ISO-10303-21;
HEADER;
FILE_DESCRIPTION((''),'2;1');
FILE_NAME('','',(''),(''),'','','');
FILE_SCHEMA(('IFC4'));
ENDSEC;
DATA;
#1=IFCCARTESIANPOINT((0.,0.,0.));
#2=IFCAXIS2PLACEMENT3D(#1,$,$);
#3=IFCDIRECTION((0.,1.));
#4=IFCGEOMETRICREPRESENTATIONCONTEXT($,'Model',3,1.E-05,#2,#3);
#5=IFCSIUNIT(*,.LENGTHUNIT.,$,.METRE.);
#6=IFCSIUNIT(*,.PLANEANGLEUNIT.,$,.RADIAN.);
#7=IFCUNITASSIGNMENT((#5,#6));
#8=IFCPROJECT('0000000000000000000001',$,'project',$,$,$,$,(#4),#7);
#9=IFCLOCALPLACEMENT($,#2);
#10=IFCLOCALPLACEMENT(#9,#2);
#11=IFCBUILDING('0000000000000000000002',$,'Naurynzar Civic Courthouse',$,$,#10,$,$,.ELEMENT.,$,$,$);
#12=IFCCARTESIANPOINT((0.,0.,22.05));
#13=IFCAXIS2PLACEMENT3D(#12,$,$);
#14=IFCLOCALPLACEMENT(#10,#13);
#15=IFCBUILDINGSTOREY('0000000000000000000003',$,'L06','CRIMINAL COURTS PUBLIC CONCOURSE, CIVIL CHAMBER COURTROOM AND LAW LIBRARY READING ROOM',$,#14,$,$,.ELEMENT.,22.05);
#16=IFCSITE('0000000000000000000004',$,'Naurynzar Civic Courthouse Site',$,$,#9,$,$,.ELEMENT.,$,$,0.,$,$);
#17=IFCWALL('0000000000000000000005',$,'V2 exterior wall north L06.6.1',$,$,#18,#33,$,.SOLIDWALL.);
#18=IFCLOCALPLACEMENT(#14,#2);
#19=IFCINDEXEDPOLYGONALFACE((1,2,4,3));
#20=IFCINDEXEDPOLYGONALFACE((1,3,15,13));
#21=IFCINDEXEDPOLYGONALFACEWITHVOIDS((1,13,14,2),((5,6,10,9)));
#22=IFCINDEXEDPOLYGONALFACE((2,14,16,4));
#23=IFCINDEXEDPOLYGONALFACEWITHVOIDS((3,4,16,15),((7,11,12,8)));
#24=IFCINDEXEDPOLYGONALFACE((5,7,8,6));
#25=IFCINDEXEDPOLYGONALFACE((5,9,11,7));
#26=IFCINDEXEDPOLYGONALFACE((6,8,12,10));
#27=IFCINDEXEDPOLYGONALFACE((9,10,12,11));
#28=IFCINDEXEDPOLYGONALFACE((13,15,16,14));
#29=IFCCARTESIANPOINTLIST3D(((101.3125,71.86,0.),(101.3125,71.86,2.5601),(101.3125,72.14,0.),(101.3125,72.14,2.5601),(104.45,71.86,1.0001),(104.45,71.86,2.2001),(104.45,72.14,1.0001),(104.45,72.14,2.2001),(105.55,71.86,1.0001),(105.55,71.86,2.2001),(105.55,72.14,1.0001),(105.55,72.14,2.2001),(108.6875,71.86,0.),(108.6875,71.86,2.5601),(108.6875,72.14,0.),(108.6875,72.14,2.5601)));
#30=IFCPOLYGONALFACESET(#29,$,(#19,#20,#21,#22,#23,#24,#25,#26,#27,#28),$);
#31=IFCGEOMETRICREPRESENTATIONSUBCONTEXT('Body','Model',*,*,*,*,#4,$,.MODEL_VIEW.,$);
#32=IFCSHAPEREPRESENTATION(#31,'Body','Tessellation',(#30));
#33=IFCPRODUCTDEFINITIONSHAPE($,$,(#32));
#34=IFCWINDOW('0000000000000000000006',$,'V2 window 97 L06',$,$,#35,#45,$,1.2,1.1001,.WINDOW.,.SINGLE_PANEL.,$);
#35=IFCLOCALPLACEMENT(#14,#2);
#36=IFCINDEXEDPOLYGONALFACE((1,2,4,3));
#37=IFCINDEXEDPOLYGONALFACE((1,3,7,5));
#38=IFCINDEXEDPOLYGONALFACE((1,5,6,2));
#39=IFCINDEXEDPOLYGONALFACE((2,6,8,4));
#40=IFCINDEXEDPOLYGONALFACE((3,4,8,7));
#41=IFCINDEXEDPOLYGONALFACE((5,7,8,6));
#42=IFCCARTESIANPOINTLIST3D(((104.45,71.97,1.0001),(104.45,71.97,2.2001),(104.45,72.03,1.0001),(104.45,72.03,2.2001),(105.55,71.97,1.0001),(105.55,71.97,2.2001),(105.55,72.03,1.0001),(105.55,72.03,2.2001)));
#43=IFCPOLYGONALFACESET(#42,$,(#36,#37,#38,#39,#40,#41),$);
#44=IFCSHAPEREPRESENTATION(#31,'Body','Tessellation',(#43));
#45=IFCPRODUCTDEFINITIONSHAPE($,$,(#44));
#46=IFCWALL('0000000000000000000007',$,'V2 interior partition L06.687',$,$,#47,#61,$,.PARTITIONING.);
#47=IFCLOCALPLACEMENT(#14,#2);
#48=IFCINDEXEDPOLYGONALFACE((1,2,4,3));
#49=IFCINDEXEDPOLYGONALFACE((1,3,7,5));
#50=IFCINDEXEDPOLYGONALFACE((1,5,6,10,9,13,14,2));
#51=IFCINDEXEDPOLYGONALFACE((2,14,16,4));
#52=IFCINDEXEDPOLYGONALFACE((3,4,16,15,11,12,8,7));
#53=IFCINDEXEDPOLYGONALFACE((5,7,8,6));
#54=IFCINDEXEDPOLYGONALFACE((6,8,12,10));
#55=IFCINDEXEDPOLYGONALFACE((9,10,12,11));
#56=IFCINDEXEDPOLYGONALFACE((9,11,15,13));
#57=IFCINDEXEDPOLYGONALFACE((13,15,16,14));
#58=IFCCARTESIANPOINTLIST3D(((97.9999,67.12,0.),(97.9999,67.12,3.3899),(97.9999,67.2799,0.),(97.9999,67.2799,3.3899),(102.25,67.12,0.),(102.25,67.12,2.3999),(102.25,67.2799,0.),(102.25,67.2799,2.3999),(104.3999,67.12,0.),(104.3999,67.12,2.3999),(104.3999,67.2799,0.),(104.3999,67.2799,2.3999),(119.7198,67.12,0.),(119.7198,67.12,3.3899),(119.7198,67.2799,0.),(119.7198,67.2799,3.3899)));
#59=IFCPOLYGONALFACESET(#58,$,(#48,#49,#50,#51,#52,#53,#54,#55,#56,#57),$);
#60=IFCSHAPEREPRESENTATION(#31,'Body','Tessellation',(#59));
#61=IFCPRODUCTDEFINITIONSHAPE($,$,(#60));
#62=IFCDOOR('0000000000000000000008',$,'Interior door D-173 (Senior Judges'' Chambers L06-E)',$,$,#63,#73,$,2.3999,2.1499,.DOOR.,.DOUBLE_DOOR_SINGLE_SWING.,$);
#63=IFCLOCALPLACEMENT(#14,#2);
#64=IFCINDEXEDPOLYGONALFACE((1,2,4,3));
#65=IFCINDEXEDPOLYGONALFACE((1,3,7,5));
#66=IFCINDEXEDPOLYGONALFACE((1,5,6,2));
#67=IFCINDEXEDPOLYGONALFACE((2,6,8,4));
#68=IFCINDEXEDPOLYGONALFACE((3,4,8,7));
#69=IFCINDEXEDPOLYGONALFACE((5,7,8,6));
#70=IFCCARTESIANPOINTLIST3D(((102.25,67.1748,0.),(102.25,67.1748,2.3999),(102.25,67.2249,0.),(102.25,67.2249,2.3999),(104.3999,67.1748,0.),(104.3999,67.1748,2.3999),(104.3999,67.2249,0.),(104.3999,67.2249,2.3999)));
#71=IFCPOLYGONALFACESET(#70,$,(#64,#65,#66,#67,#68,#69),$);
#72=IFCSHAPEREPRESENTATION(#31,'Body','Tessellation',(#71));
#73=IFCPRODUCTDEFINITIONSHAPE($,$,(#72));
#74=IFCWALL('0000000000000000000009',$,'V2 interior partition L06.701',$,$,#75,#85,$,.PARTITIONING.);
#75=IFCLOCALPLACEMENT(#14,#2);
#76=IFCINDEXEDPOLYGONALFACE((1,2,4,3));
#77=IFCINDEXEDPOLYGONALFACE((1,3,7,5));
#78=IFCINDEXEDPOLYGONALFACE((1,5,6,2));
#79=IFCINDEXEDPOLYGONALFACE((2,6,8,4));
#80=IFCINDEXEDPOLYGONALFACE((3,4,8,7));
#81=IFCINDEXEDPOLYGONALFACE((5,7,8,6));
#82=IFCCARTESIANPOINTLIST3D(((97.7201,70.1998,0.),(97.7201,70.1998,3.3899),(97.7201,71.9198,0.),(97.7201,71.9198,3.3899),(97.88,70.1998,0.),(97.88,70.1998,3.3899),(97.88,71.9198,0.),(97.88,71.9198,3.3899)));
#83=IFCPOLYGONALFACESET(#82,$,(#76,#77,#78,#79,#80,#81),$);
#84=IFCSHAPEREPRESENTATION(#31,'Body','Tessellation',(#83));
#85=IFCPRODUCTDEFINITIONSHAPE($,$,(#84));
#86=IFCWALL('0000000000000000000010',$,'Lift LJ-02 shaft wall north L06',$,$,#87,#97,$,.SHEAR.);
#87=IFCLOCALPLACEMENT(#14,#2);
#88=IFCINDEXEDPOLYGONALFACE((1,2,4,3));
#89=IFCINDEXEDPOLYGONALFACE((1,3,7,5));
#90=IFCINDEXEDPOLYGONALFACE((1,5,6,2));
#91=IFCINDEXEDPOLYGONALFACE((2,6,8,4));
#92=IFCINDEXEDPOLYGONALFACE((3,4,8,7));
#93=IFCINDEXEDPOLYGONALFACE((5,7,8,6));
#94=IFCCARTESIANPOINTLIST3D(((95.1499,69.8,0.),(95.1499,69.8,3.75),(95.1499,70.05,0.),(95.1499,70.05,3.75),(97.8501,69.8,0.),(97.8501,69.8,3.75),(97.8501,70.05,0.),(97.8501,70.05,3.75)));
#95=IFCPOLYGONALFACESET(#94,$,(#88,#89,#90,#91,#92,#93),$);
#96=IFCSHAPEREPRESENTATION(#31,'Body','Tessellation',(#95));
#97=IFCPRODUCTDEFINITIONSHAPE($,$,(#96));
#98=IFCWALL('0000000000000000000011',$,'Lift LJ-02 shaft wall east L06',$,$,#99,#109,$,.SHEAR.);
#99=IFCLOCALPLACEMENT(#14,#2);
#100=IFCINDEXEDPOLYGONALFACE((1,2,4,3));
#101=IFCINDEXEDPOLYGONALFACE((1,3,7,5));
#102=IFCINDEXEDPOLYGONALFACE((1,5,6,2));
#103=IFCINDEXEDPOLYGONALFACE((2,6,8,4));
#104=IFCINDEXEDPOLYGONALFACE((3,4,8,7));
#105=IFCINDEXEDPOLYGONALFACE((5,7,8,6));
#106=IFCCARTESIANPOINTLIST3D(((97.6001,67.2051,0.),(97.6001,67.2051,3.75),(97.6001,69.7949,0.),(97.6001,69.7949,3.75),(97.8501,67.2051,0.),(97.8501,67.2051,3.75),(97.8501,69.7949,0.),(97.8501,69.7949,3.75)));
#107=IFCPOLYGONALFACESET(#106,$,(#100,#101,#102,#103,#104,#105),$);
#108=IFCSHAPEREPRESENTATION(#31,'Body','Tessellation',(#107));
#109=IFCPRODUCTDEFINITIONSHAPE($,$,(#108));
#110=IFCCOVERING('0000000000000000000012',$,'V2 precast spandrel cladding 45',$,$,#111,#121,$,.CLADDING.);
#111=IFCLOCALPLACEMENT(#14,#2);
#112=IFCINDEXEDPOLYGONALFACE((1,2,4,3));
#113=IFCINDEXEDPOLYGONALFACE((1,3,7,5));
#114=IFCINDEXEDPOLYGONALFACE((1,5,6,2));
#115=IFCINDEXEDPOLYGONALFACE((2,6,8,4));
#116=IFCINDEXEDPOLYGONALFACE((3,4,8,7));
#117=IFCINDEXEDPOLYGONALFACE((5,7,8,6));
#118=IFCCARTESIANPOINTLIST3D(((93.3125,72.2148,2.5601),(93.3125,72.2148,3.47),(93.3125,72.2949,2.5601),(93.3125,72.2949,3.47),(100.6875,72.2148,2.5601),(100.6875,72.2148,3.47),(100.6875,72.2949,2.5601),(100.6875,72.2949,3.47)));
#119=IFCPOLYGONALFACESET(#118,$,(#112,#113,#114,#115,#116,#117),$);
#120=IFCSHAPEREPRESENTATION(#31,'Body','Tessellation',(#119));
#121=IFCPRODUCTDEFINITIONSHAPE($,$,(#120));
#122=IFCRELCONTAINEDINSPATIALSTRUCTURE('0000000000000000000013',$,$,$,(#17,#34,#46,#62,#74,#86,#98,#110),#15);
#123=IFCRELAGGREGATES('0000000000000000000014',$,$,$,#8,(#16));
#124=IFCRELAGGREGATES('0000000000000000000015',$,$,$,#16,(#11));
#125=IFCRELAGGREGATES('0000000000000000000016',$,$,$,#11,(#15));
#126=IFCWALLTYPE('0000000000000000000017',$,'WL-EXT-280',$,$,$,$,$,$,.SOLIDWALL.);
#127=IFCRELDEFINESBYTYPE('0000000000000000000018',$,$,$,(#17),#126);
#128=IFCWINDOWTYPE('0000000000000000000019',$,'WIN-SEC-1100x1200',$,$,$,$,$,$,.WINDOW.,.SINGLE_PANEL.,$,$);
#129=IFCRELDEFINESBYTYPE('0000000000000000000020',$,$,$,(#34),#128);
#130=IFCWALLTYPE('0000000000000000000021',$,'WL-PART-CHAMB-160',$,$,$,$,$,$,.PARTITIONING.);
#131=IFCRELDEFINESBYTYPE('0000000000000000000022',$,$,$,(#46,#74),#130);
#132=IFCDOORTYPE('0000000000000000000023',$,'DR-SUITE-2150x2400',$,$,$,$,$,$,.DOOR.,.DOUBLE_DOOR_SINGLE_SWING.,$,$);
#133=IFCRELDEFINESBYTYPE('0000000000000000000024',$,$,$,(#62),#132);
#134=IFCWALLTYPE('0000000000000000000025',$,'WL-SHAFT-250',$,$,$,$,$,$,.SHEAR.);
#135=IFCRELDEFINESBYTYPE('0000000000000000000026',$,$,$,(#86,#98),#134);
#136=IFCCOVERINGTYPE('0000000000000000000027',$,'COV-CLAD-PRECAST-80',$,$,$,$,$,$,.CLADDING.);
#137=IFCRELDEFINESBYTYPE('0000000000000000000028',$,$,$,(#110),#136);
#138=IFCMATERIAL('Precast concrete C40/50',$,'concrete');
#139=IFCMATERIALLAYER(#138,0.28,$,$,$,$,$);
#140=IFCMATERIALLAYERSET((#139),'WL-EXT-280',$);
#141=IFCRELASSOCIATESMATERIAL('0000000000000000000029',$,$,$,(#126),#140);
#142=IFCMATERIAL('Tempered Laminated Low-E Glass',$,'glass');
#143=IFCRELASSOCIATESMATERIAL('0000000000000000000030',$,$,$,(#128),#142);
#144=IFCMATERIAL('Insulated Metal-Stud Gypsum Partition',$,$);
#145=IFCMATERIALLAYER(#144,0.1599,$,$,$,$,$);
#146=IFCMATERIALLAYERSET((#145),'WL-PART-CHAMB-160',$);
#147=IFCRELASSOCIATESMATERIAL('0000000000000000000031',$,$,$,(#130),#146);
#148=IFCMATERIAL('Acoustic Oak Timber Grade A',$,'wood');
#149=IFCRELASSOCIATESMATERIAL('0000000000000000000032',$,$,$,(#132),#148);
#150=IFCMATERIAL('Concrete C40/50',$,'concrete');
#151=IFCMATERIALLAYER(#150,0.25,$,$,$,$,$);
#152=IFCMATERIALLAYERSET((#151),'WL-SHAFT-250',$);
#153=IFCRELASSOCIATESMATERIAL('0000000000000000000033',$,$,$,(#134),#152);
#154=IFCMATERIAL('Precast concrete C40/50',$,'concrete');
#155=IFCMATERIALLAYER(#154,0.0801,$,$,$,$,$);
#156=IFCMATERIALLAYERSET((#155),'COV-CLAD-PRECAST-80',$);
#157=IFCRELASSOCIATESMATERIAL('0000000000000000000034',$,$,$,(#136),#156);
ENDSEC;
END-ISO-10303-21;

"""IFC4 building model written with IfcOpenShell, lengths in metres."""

from ifc_helpers import new_model, si_unit, direction, frame, frame_2d, origin, origin_2d, place, context, subcontext, project, spatial, rectangle, extrude, material, layer, layer_set, type_object, element, fill, save


model = new_model("IFC4")

# Units and contexts
model_context = context("Model", 3, precision=1e-05, world=origin(), true_north=direction((0.0, 1.0)))
body_context = subcontext(model_context, "Body", "Model", "MODEL_VIEW")
ifc_project = project(units=[si_unit("LENGTHUNIT", "METRE"), si_unit("PLANEANGLEUNIT", "RADIAN")], contexts=[model_context])

# Site, building, storey
site_placement = place(None, origin())
site = spatial("IfcSite", under=ifc_project, at=site_placement, Name="Naurynzar Civic Courthouse Site", CompositionType="ELEMENT", RefElevation=0.0)
building_placement = place(site_placement, origin())
building = spatial("IfcBuilding", under=site, at=building_placement, Name="Naurynzar Civic Courthouse", CompositionType="ELEMENT")
storey_placement = place(building_placement, frame((0.0, 0.0, 22.05)))
storey = spatial("IfcBuildingStorey", under=building, at=storey_placement, Name="L06", Description="CRIMINAL COURTS PUBLIC CONCOURSE, CIVIL CHAMBER COURTROOM AND LAW LIBRARY READING ROOM", CompositionType="ELEMENT", Elevation=22.05)

# Wall, opening, window
ifc_material_1 = material(Name="Precast concrete C40/50", Category="concrete")
ifc_layer_1 = layer(ifc_material_1, 0.28)
ifc_layer_set_1 = layer_set([ifc_layer_1], Name="WL-EXT-280")
wall_type_1 = type_object("IfcWallType", Name="WL-EXT-280", PredefinedType="SOLIDWALL", material=ifc_layer_set_1)
wall_1_placement = place(storey_placement, frame((101.3125, 72.0, 0.0), z_axis=(0.0, 0.0, 1.0), x_axis=(1.0, 0.0, 0.0)))
wall_1 = element("IfcWall", 1, at=wall_1_placement, inside=storey, type_object=wall_type_1, Name="V2 exterior wall north L06.6.1", PredefinedType="SOLIDWALL", context=body_context, shape_type="SweptSolid", body=[
    extrude(rectangle(XDim=7.375, YDim=0.28, at=frame_2d((3.6875, 0.0))), origin(), (0.0, 0.0, 1.0), 2.5601),
])
opening_1_placement = place(wall_1_placement, frame((3.1375, 0.0, 1.0)))
opening_1 = element("IfcOpeningElement", 2, at=opening_1_placement, cuts=wall_1, PredefinedType="OPENING", context=body_context, shape_type="SweptSolid", body=[
    extrude(rectangle(XDim=1.1001, YDim=1.2, at=frame_2d((0.55, 0.6001))), frame((0.0, 0.1499, 0.0), z_axis=(0.0, -1.0, 0.0), x_axis=(1.0, 0.0, 0.0)), (0.0, 0.0, 1.0), 0.3),
])
ifc_material_2 = material(Name="Tempered Laminated Low-E Glass", Category="glass")
window_type = type_object("IfcWindowType", Name="WIN-SEC-1100x1200", PartitioningType="SINGLE_PANEL", PredefinedType="WINDOW", material=ifc_material_2)
window_placement = place(opening_1_placement, origin())
window = element("IfcWindow", 3, at=window_placement, inside=storey, type_object=window_type, Name="V2 window 97 L06", OverallHeight=1.2, OverallWidth=1.1001, PartitioningType="SINGLE_PANEL", PredefinedType="WINDOW", context=body_context, shape_type="SweptSolid", body=[
    extrude(rectangle(XDim=1.1001, YDim=1.2, at=frame_2d((0.55, 0.6001))), frame((0.0, 0.03, 0.0), z_axis=(0.0, -1.0, 0.0), x_axis=(1.0, 0.0, 0.0)), (0.0, 0.0, 1.0), 0.0601),
])
fill(opening_1, window)

# Wall, opening, door
ifc_material_3 = material(Name="Insulated Metal-Stud Gypsum Partition")
ifc_layer_2 = layer(ifc_material_3, 0.1599)
ifc_layer_set_2 = layer_set([ifc_layer_2], Name="WL-PART-CHAMB-160")
wall_type_2 = type_object("IfcWallType", Name="WL-PART-CHAMB-160", PredefinedType="PARTITIONING", material=ifc_layer_set_2)
wall_2_placement = place(storey_placement, frame((98.0, 67.2, 0.0), z_axis=(0.0, 0.0, 1.0), x_axis=(1.0, 0.0, 0.0)))
wall_2 = element("IfcWall", 4, at=wall_2_placement, inside=storey, type_object=wall_type_2, Name="V2 interior partition L06.687", PredefinedType="PARTITIONING", context=body_context, shape_type="SweptSolid", body=[
    extrude(rectangle(XDim=21.72, YDim=0.1599, at=frame_2d((10.8599, 0.0))), origin(), (0.0, 0.0, 1.0), 3.3899),
])
opening_2_placement = place(wall_2_placement, frame((4.25, 0.0, 0.0)))
opening_2 = element("IfcOpeningElement", 5, at=opening_2_placement, cuts=wall_2, PredefinedType="OPENING", context=body_context, shape_type="SweptSolid", body=[
    extrude(rectangle(XDim=2.1499, YDim=2.3999, at=frame_2d((1.075, 1.2))), frame((0.0, 0.0898, 0.0), z_axis=(0.0, -1.0, 0.0), x_axis=(1.0, 0.0, 0.0)), (0.0, 0.0, 1.0), 0.1799),
])
ifc_material_4 = material(Name="Acoustic Oak Timber Grade A", Category="wood")
door_type = type_object("IfcDoorType", Name="DR-SUITE-2150x2400", OperationType="DOUBLE_DOOR_SINGLE_SWING", PredefinedType="DOOR", material=ifc_material_4)
door_placement = place(opening_2_placement, origin())
door = element("IfcDoor", 6, at=door_placement, inside=storey, type_object=door_type, Name="Interior door D-173 (Senior Judges' Chambers L06-E)", OperationType="DOUBLE_DOOR_SINGLE_SWING", OverallHeight=2.3999, OverallWidth=2.1499, PredefinedType="DOOR", context=body_context, shape_type="SweptSolid", body=[
    extrude(rectangle(XDim=2.1499, YDim=2.3999, at=frame_2d((1.075, 1.2))), frame((0.0, 0.0249, 0.0), z_axis=(0.0, -1.0, 0.0), x_axis=(1.0, 0.0, 0.0)), (0.0, 0.0, 1.0), 0.05),
])
fill(opening_2, door)

# Walls
wall_3_placement = place(storey_placement, frame((97.8, 70.2, 0.0), z_axis=(0.0, 0.0, 1.0), x_axis=(0.0, 1.0, 0.0)))
element("IfcWall", 7, at=wall_3_placement, inside=storey, type_object=wall_type_2, Name="V2 interior partition L06.701", PredefinedType="PARTITIONING", context=body_context, shape_type="SweptSolid", body=[
    extrude(rectangle(XDim=1.72, YDim=0.1599, at=frame_2d((0.8599, 0.0))), origin(), (0.0, 0.0, 1.0), 3.3899),
])
ifc_material_5 = material(Name="Concrete C40/50", Category="concrete")
ifc_layer_3 = layer(ifc_material_5, 0.25)
ifc_layer_set_3 = layer_set([ifc_layer_3], Name="WL-SHAFT-250")
wall_type_3 = type_object("IfcWallType", Name="WL-SHAFT-250", PredefinedType="SHEAR", material=ifc_layer_set_3)
wall_4_placement = place(storey_placement, frame((97.8501, 69.925, 0.0), z_axis=(0.0, 0.0, 1.0), x_axis=(-1.0, 0.0, 0.0)))
element("IfcWall", 8, at=wall_4_placement, inside=storey, type_object=wall_type_3, Name="Lift LJ-02 shaft wall north L06", PredefinedType="SHEAR", context=body_context, shape_type="SweptSolid", body=[
    extrude(rectangle(XDim=2.7002, YDim=0.25, at=frame_2d((1.3501, 0.0))), origin(), (0.0, 0.0, 1.0), 3.75),
])
wall_5_placement = place(storey_placement, frame((97.7251, 67.2051, 0.0), z_axis=(0.0, 0.0, 1.0), x_axis=(0.0, 1.0, 0.0)))
element("IfcWall", 9, at=wall_5_placement, inside=storey, type_object=wall_type_3, Name="Lift LJ-02 shaft wall east L06", PredefinedType="SHEAR", context=body_context, shape_type="SweptSolid", body=[
    extrude(rectangle(XDim=2.5898, YDim=0.25, at=frame_2d((1.2949, 0.0))), origin(), (0.0, 0.0, 1.0), 3.75),
])

# Covering
ifc_material_6 = material(Name="Precast concrete C40/50", Category="concrete")
ifc_layer_4 = layer(ifc_material_6, 0.0801)
ifc_layer_set_4 = layer_set([ifc_layer_4], Name="COV-CLAD-PRECAST-80")
covering_type = type_object("IfcCoveringType", Name="COV-CLAD-PRECAST-80", PredefinedType="CLADDING", material=ifc_layer_set_4)
covering_placement = place(storey_placement, frame((97.0, 72.2549, 2.5601), z_axis=(0.0, 0.0, 1.0), x_axis=(1.0, 0.0, 0.0)))
element("IfcCovering", 10, at=covering_placement, inside=storey, type_object=covering_type, Name="V2 precast spandrel cladding 45", PredefinedType="CLADDING", context=body_context, shape_type="SweptSolid", body=[
    extrude(rectangle(XDim=7.375, YDim=0.0801, at=origin_2d()), origin(), (0.0, 0.0, 1.0), 0.9099),
])

save(model, "model.ifc")
